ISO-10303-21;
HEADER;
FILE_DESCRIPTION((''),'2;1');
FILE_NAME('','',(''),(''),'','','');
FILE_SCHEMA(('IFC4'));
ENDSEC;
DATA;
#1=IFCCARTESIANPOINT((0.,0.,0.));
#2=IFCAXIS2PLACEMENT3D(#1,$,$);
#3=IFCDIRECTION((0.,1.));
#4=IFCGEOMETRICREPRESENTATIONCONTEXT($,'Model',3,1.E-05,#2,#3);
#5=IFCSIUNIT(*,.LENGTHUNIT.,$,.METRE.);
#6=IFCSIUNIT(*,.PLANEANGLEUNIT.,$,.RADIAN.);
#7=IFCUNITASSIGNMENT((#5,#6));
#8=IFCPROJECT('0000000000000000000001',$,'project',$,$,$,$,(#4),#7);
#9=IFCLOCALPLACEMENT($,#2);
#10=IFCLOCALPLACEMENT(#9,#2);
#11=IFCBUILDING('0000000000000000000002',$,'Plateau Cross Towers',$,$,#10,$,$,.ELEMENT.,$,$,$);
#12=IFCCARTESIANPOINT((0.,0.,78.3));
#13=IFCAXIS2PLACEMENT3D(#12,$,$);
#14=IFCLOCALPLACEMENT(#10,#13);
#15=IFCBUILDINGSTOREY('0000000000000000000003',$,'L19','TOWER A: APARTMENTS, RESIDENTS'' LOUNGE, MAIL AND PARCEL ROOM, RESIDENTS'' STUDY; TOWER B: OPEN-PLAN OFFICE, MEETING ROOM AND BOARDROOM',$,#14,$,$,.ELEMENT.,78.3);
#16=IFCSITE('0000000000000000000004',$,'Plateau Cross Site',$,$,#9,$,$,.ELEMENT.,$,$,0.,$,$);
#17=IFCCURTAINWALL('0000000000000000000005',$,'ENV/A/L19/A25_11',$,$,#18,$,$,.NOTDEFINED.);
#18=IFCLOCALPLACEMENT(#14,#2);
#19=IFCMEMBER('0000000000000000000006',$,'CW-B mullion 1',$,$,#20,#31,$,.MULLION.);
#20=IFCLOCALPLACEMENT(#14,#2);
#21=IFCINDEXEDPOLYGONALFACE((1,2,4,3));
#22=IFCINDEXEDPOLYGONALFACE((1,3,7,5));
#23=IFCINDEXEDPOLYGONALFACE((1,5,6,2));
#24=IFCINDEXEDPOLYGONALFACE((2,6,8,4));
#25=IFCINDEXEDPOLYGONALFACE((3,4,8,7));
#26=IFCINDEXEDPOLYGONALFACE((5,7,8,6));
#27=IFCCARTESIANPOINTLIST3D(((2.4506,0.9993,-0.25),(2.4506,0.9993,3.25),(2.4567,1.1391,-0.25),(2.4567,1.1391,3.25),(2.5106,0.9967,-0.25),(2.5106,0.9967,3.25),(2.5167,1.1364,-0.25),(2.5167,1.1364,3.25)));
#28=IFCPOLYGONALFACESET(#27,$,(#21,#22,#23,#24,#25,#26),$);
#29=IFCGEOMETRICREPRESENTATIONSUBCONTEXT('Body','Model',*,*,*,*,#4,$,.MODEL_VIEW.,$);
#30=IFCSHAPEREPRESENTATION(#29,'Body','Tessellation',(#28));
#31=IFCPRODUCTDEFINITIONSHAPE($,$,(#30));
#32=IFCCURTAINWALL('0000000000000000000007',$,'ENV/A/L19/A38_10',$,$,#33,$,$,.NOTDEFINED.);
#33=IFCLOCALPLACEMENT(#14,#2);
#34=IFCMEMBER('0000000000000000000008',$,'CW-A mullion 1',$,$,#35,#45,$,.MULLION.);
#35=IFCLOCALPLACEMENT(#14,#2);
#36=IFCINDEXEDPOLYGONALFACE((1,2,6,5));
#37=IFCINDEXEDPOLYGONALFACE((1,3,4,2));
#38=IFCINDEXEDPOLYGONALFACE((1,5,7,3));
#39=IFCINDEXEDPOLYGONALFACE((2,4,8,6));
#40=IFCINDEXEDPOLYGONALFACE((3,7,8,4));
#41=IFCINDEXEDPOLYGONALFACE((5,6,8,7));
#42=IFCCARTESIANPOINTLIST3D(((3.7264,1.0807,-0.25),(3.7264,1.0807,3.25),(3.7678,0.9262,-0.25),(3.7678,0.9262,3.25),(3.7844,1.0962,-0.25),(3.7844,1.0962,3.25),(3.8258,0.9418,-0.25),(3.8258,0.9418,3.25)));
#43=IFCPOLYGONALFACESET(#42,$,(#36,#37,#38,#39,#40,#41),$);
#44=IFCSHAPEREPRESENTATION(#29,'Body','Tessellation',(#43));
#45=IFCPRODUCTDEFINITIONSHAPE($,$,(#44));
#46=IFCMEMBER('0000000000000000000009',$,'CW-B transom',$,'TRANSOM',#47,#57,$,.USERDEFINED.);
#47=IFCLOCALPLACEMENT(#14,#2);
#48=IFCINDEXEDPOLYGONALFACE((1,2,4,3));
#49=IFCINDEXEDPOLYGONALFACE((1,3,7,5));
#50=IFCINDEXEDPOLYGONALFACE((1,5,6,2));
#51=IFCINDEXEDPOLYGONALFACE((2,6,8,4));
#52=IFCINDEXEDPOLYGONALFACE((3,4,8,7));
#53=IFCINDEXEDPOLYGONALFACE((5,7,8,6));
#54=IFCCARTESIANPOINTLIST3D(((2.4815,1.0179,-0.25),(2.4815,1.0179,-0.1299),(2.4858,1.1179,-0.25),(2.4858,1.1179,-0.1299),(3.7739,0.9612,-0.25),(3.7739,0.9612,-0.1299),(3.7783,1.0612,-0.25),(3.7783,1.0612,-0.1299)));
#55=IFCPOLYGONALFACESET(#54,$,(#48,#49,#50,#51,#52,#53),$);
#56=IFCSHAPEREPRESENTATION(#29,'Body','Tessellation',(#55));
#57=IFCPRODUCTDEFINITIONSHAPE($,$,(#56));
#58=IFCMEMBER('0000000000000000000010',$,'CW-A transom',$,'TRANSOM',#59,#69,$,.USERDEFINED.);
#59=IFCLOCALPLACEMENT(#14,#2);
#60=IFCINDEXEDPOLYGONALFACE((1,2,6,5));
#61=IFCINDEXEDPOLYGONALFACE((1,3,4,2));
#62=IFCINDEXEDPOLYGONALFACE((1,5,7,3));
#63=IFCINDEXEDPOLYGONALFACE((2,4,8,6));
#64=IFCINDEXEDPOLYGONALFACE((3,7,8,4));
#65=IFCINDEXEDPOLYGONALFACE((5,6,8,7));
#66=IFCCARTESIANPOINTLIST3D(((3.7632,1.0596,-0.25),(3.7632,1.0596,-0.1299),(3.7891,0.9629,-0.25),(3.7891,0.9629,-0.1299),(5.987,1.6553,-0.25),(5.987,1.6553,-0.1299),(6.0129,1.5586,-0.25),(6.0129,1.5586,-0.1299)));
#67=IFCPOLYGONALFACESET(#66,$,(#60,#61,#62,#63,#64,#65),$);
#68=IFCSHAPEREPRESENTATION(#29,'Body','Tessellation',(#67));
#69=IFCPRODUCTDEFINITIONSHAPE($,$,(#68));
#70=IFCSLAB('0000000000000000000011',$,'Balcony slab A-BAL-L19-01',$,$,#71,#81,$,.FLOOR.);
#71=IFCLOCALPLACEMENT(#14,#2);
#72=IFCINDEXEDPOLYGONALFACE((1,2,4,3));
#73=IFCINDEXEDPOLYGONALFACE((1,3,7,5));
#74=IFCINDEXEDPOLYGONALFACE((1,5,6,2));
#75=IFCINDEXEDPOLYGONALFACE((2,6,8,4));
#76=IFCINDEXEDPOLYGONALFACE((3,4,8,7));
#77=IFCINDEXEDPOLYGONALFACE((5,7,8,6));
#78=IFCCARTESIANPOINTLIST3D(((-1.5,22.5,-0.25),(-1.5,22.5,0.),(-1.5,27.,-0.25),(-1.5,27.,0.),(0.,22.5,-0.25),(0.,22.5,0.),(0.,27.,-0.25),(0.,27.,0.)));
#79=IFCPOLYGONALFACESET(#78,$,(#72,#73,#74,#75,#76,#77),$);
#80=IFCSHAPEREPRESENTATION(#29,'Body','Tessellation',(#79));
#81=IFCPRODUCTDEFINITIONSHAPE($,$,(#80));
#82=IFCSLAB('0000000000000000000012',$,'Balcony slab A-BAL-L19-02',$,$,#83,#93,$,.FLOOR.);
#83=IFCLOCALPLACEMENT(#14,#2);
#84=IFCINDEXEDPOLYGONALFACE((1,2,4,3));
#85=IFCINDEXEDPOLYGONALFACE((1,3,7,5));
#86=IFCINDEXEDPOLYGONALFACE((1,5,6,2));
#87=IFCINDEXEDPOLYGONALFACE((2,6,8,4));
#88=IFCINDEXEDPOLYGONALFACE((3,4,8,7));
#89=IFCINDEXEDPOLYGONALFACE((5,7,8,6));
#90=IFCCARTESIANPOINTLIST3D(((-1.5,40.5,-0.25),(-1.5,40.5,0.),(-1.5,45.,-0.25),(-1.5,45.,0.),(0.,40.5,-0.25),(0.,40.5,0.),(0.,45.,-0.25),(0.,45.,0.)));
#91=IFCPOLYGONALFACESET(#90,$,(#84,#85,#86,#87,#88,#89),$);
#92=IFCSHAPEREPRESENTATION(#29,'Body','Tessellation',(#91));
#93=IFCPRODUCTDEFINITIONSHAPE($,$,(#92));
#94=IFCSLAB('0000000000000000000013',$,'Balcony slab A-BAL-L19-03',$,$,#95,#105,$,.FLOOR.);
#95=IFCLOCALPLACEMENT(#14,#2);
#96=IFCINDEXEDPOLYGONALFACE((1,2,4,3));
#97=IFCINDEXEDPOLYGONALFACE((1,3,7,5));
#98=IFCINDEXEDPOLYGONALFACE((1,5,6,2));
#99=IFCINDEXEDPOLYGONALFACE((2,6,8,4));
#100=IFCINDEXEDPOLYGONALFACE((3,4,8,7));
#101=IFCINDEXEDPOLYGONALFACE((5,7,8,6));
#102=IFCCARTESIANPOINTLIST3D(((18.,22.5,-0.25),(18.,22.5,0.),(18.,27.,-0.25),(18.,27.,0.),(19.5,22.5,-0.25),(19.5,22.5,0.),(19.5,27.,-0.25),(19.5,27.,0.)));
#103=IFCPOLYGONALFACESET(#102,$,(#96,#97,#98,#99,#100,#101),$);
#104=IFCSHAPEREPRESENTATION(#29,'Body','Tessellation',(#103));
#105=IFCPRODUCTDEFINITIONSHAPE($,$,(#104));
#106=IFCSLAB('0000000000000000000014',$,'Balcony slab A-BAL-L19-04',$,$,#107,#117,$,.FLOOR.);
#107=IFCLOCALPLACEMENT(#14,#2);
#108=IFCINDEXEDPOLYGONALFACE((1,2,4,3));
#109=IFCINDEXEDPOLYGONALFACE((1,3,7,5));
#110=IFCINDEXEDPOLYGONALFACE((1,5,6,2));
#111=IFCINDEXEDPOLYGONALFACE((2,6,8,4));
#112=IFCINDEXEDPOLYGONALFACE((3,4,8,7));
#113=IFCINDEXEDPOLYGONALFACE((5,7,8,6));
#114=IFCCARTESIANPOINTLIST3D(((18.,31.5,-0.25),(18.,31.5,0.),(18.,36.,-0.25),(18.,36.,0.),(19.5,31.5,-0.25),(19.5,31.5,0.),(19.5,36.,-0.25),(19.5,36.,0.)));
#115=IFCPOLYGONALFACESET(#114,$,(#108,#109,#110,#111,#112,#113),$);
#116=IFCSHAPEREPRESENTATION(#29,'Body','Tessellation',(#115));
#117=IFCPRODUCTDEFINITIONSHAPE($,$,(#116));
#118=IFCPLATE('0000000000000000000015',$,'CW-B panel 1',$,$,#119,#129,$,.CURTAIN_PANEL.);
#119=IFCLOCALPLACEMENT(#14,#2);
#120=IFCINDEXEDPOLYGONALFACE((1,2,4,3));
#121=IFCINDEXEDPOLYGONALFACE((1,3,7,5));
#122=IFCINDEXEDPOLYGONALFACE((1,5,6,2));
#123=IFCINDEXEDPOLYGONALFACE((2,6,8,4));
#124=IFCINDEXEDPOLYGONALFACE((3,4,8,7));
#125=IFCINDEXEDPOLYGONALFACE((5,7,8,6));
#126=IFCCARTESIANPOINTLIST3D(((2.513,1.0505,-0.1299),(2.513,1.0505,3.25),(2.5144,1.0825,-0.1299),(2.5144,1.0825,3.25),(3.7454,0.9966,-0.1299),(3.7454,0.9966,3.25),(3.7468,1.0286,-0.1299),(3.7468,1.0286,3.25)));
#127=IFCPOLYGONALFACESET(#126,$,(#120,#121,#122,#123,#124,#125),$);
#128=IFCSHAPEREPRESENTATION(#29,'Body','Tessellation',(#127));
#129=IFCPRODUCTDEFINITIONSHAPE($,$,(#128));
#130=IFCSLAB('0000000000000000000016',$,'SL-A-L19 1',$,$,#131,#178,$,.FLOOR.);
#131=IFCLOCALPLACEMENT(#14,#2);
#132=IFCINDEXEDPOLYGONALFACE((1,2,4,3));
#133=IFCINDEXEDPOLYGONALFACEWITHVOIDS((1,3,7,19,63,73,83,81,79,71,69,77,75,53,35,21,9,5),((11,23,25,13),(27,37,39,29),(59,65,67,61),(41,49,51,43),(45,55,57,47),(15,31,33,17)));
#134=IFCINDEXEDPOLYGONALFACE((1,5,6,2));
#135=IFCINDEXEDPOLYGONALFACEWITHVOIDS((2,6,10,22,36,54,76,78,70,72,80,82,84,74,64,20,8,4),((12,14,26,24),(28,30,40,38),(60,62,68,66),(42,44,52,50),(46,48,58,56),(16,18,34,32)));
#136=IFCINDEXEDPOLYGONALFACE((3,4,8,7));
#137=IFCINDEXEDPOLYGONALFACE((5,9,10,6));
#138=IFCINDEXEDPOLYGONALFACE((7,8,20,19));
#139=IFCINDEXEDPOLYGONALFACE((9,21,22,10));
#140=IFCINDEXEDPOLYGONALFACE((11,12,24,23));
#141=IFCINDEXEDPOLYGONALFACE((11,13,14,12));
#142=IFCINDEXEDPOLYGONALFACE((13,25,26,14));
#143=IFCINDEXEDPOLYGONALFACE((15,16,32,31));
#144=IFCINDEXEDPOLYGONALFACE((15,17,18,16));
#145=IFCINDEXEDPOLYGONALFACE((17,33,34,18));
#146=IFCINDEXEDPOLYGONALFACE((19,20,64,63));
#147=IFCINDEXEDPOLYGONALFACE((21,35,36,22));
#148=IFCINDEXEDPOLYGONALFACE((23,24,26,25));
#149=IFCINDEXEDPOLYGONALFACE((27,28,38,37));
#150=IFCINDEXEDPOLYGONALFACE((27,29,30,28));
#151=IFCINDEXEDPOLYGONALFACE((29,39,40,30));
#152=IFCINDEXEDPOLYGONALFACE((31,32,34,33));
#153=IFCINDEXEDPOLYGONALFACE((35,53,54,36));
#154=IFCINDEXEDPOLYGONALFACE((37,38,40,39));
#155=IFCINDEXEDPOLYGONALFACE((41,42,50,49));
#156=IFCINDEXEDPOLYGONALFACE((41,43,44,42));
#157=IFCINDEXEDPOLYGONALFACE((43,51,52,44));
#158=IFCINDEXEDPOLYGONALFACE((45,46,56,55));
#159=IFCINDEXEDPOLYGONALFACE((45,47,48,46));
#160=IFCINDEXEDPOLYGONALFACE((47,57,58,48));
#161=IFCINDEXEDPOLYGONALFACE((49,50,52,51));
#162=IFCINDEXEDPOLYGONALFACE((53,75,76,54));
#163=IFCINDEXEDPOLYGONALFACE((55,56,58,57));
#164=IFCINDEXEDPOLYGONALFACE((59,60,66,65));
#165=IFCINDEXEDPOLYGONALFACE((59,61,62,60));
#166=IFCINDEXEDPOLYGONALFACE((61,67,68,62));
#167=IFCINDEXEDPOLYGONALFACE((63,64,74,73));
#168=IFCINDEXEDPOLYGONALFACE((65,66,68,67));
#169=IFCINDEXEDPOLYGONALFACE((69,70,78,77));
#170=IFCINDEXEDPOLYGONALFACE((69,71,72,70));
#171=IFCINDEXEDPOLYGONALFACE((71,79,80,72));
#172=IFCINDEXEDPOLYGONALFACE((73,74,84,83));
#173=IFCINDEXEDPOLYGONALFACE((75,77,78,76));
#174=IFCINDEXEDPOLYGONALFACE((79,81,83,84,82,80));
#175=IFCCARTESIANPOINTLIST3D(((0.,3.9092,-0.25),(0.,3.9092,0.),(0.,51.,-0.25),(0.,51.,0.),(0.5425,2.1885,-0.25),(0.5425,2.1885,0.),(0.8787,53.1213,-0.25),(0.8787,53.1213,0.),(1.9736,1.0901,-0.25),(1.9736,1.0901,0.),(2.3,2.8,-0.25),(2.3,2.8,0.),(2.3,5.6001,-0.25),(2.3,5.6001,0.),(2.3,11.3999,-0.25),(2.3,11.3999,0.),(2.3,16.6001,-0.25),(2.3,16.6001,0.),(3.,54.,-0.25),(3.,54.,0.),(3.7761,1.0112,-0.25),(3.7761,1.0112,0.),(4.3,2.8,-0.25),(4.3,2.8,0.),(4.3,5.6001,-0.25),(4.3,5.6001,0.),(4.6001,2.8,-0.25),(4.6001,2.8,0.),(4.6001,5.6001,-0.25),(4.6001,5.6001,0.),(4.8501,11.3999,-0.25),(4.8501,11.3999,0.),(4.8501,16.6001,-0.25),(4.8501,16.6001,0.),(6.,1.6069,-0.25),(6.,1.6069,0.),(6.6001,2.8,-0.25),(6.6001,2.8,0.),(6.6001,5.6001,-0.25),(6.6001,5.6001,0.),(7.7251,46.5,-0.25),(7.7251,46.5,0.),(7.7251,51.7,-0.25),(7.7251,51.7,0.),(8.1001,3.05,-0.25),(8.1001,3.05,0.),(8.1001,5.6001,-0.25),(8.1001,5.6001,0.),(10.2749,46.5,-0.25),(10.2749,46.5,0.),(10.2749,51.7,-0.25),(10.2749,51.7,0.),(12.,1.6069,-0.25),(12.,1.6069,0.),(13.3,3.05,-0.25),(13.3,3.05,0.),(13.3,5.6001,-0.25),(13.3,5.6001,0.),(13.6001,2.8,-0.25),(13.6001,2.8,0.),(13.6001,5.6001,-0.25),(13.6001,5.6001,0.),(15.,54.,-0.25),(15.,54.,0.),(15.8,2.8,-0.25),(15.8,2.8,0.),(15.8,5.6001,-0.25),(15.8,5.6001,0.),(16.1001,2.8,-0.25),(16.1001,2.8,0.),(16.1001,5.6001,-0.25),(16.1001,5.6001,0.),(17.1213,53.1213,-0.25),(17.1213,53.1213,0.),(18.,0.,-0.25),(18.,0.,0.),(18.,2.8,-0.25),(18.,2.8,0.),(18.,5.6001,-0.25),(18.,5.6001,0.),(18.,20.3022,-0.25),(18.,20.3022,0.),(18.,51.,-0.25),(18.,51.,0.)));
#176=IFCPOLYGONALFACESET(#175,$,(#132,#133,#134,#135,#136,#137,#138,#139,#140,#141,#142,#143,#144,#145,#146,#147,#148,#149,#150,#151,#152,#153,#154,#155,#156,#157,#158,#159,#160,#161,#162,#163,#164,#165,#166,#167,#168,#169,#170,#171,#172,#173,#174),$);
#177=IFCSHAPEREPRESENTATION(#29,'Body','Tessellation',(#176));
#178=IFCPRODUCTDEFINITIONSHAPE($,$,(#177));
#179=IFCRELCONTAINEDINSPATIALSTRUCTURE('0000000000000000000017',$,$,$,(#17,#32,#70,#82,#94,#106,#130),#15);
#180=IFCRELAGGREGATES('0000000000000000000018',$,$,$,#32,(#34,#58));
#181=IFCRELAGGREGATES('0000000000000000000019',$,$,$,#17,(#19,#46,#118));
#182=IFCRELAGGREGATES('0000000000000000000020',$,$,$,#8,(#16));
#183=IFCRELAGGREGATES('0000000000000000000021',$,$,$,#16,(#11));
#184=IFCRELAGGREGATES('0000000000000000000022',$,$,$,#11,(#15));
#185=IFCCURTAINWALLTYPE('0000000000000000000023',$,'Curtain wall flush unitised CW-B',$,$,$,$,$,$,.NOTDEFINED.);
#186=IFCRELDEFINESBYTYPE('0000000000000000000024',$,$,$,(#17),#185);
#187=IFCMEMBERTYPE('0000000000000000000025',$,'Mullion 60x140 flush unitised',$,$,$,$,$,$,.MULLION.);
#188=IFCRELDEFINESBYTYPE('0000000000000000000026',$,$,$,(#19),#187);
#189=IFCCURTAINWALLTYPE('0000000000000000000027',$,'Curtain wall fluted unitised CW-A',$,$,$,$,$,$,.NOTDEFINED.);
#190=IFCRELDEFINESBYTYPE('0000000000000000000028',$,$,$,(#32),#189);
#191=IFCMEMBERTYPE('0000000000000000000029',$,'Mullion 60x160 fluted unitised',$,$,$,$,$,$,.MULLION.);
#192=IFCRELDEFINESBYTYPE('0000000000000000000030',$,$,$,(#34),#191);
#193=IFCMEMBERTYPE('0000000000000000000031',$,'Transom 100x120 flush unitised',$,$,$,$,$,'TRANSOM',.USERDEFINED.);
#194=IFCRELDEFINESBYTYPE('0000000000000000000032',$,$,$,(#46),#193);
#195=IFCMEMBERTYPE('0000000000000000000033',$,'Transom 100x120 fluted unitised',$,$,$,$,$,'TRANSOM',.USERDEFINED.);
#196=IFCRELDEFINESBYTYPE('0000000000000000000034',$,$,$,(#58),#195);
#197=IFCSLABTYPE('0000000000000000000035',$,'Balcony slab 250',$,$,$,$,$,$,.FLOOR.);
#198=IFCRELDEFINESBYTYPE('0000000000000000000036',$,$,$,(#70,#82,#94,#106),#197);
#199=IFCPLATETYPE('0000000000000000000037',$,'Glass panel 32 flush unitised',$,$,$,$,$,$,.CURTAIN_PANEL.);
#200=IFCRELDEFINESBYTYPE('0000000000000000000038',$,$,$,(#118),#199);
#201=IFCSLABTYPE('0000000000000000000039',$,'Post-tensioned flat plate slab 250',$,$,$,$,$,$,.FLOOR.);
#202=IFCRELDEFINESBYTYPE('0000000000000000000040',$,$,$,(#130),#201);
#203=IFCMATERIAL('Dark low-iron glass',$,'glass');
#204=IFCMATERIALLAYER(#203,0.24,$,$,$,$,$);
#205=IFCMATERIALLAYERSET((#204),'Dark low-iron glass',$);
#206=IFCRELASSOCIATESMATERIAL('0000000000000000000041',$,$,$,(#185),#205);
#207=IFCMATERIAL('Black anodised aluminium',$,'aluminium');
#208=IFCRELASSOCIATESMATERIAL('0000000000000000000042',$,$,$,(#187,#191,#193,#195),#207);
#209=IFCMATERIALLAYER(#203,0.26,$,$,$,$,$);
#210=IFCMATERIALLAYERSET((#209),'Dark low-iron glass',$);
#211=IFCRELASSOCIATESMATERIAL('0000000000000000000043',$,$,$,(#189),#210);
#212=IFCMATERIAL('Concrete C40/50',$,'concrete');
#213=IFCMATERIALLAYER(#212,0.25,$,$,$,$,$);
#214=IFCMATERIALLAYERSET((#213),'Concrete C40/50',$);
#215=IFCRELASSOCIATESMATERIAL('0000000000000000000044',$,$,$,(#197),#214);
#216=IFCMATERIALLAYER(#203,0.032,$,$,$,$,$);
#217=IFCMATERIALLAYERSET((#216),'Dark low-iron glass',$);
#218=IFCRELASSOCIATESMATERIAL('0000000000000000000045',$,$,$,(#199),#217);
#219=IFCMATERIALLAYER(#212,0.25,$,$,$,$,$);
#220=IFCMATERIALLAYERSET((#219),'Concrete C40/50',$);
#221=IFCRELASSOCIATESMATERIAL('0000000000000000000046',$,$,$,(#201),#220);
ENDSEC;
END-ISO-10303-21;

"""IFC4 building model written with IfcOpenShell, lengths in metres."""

from ifc_helpers import new_model, si_unit, direction, frame, origin, origin_2d, place, context, subcontext, project, spatial, polyline, rectangle, outline, extrude, material, layer, layer_set, material_profile, profile_set, type_object, element, aggregate, save


model = new_model("IFC4")

# Units and contexts
model_context = context("Model", 3, precision=1e-05, world=origin(), true_north=direction((0.0, 1.0)))
body_context = subcontext(model_context, "Body", "Model", "MODEL_VIEW")
ifc_project = project(units=[si_unit("LENGTHUNIT", "METRE"), si_unit("PLANEANGLEUNIT", "RADIAN")], contexts=[model_context])

# Site, building, storey
site_placement = place(None, origin())
site = spatial("IfcSite", under=ifc_project, at=site_placement, Name="Plateau Cross Site", CompositionType="ELEMENT", RefElevation=0.0)
building_placement = place(site_placement, origin())
building = spatial("IfcBuilding", under=site, at=building_placement, Name="Plateau Cross Towers", CompositionType="ELEMENT")
storey_placement = place(building_placement, frame((0.0, 0.0, 78.3)))
storey = spatial("IfcBuildingStorey", under=building, at=storey_placement, Name="L19", Description="TOWER A: APARTMENTS, RESIDENTS' LOUNGE, MAIL AND PARCEL ROOM, RESIDENTS' STUDY; TOWER B: OPEN-PLAN OFFICE, MEETING ROOM AND BOARDROOM", CompositionType="ELEMENT", Elevation=78.3)

# Curtain walls, members
ifc_material_1 = material(Name="Dark low-iron glass", Category="glass")
ifc_layer_1 = layer(ifc_material_1, 0.24)
ifc_layer_set_1 = layer_set([ifc_layer_1], Name="Dark low-iron glass")
curtain_wall_type_1 = type_object("IfcCurtainWallType", Name="Curtain wall flush unitised CW-B", PredefinedType="NOTDEFINED", material=ifc_layer_set_1)
curtain_wall_1_placement = place(storey_placement, origin())
curtain_wall_1 = element("IfcCurtainWall", 1, at=curtain_wall_1_placement, inside=storey, type_object=curtain_wall_type_1, Name="ENV/A/L19/A25_11", PredefinedType="NOTDEFINED")
ifc_material_2 = material(Name="Black anodised aluminium", Category="aluminium")
ifc_material_profile_1 = material_profile(ifc_material_2, rectangle(XDim=0.0601, YDim=0.1399, at=origin_2d()), Name="MULLION 60x140")
ifc_profile_set_1 = profile_set([ifc_material_profile_1], Name="Black anodised aluminium")
member_type_1 = type_object("IfcMemberType", Name="Mullion 60x140 flush unitised", PredefinedType="MULLION", material=ifc_profile_set_1)
member_1_placement = place(storey_placement, frame((2.4836, 1.0679, -0.25), z_axis=(0.0, 0.0, 1.0), x_axis=(0.999044, -0.043723, 0.0)))
member_1 = element("IfcMember", 2, at=member_1_placement, type_object=member_type_1, Name="CW-B mullion 1", PredefinedType="MULLION", context=body_context, shape_type="SweptSolid", body=[
    extrude(rectangle(XDim=0.0601, YDim=0.1399, at=origin_2d()), origin(), (0.0, 0.0, 1.0), 3.5),
])
ifc_layer_2 = layer(ifc_material_1, 0.26)
ifc_layer_set_2 = layer_set([ifc_layer_2], Name="Dark low-iron glass")
curtain_wall_type_2 = type_object("IfcCurtainWallType", Name="Curtain wall fluted unitised CW-A", PredefinedType="NOTDEFINED", material=ifc_layer_set_2)
curtain_wall_2_placement = place(storey_placement, origin())
curtain_wall_2 = element("IfcCurtainWall", 3, at=curtain_wall_2_placement, inside=storey, type_object=curtain_wall_type_2, Name="ENV/A/L19/A38_10", PredefinedType="NOTDEFINED")
ifc_material_profile_2 = material_profile(ifc_material_2, rectangle(XDim=0.0601, YDim=0.1599, at=origin_2d()), Name="MULLION 60x160")
ifc_profile_set_2 = profile_set([ifc_material_profile_2], Name="Black anodised aluminium")
member_type_2 = type_object("IfcMemberType", Name="Mullion 60x160 fluted unitised", PredefinedType="MULLION", material=ifc_profile_set_2)
member_2_placement = place(storey_placement, frame((3.7761, 1.0112, -0.25), z_axis=(0.0, 0.0, 1.0), x_axis=(0.965958, 0.258699, 0.0)))
member_2 = element("IfcMember", 4, at=member_2_placement, type_object=member_type_2, Name="CW-A mullion 1", PredefinedType="MULLION", context=body_context, shape_type="SweptSolid", body=[
    extrude(rectangle(XDim=0.0601, YDim=0.1599, at=origin_2d()), origin(), (0.0, 0.0, 1.0), 3.5),
])

# Members
ifc_material_profile_3 = material_profile(ifc_material_2, rectangle(XDim=0.1001, YDim=0.1201, at=origin_2d()), Name="TRANSOM 100x120")
ifc_profile_set_3 = profile_set([ifc_material_profile_3], Name="Black anodised aluminium")
member_type_3 = type_object("IfcMemberType", Name="Transom 100x120 flush unitised", ElementType="TRANSOM", PredefinedType="USERDEFINED", material=ifc_profile_set_3)
member_3_placement = place(storey_placement, frame((2.4836, 1.0679, -0.1899), z_axis=(0.999041, -0.043781, 0.0), x_axis=(0.043781, 0.999041, 0.0)))
member_3 = element("IfcMember", 5, at=member_3_placement, type_object=member_type_3, Name="CW-B transom", ObjectType="TRANSOM", PredefinedType="USERDEFINED", context=body_context, shape_type="SweptSolid", body=[
    extrude(rectangle(XDim=0.1001, YDim=0.1201, at=origin_2d()), origin(), (0.0, 0.0, 1.0), 1.2937),
])
ifc_material_profile_4 = material_profile(ifc_material_2, rectangle(XDim=0.1001, YDim=0.1201, at=origin_2d()), Name="TRANSOM 100x120")
ifc_profile_set_4 = profile_set([ifc_material_profile_4], Name="Black anodised aluminium")
member_type_4 = type_object("IfcMemberType", Name="Transom 100x120 fluted unitised", ElementType="TRANSOM", PredefinedType="USERDEFINED", material=ifc_profile_set_4)
member_4_placement = place(storey_placement, frame((3.7761, 1.0112, -0.1899), z_axis=(0.965946, 0.258745, 0.0), x_axis=(-0.258745, 0.965946, 0.0)))
member_4 = element("IfcMember", 6, at=member_4_placement, type_object=member_type_4, Name="CW-A transom", ObjectType="TRANSOM", PredefinedType="USERDEFINED", context=body_context, shape_type="SweptSolid", body=[
    extrude(rectangle(XDim=0.1001, YDim=0.1201, at=origin_2d()), origin(), (0.0, 0.0, 1.0), 2.3022),
])
aggregate(curtain_wall_2, [member_2, member_4])

# Slabs
ifc_material_3 = material(Name="Concrete C40/50", Category="concrete")
ifc_layer_3 = layer(ifc_material_3, 0.25)
ifc_layer_set_3 = layer_set([ifc_layer_3], Name="Concrete C40/50")
slab_type_1 = type_object("IfcSlabType", Name="Balcony slab 250", PredefinedType="FLOOR", material=ifc_layer_set_3)
slab_1_placement = place(storey_placement, frame((0.0, 0.0, -0.25)))
element("IfcSlab", 7, at=slab_1_placement, inside=storey, type_object=slab_type_1, Name="Balcony slab A-BAL-L19-01", PredefinedType="FLOOR", context=body_context, shape_type="SweptSolid", body=[
    extrude(outline(polyline([(0.0, 22.5), (0.0, 27.0), (-1.5, 27.0), (-1.5, 22.5), (0.0, 22.5)])), origin(), (0.0, 0.0, 1.0), 0.25),
])
slab_2_placement = place(storey_placement, frame((0.0, 0.0, -0.25)))
element("IfcSlab", 8, at=slab_2_placement, inside=storey, type_object=slab_type_1, Name="Balcony slab A-BAL-L19-02", PredefinedType="FLOOR", context=body_context, shape_type="SweptSolid", body=[
    extrude(outline(polyline([(0.0, 40.5), (0.0, 45.0), (-1.5, 45.0), (-1.5, 40.5), (0.0, 40.5)])), origin(), (0.0, 0.0, 1.0), 0.25),
])
slab_3_placement = place(storey_placement, frame((0.0, 0.0, -0.25)))
element("IfcSlab", 9, at=slab_3_placement, inside=storey, type_object=slab_type_1, Name="Balcony slab A-BAL-L19-03", PredefinedType="FLOOR", context=body_context, shape_type="SweptSolid", body=[
    extrude(outline(polyline([(19.5, 22.5), (19.5, 27.0), (18.0, 27.0), (18.0, 22.5), (19.5, 22.5)])), origin(), (0.0, 0.0, 1.0), 0.25),
])
slab_4_placement = place(storey_placement, frame((0.0, 0.0, -0.25)))
element("IfcSlab", 10, at=slab_4_placement, inside=storey, type_object=slab_type_1, Name="Balcony slab A-BAL-L19-04", PredefinedType="FLOOR", context=body_context, shape_type="SweptSolid", body=[
    extrude(outline(polyline([(19.5, 31.5), (19.5, 36.0), (18.0, 36.0), (18.0, 31.5), (19.5, 31.5)])), origin(), (0.0, 0.0, 1.0), 0.25),
])

# Plate
ifc_layer_4 = layer(ifc_material_1, 0.032)
ifc_layer_set_4 = layer_set([ifc_layer_4], Name="Dark low-iron glass")
plate_type = type_object("IfcPlateType", Name="Glass panel 32 flush unitised", PredefinedType="CURTAIN_PANEL", material=ifc_layer_set_4)
plate_placement = place(storey_placement, frame((3.1299, 1.0396, -0.1299), z_axis=(0.0, 0.0, 1.0), x_axis=(0.999044, -0.043723, 0.0)))
plate = element("IfcPlate", 11, at=plate_placement, type_object=plate_type, Name="CW-B panel 1", PredefinedType="CURTAIN_PANEL", context=body_context, shape_type="SweptSolid", body=[
    extrude(rectangle(XDim=1.2336, YDim=0.032, at=origin_2d()), origin(), (0.0, 0.0, 1.0), 3.3799),
])
aggregate(curtain_wall_1, [member_1, member_3, plate])

# Slab
ifc_layer_5 = layer(ifc_material_3, 0.25)
ifc_layer_set_5 = layer_set([ifc_layer_5], Name="Concrete C40/50")
slab_type_2 = type_object("IfcSlabType", Name="Post-tensioned flat plate slab 250", PredefinedType="FLOOR", material=ifc_layer_set_5)
slab_5_placement = place(storey_placement, frame((0.0, 0.0, -0.25)))
element("IfcSlab", 12, at=slab_5_placement, inside=storey, type_object=slab_type_2, Name="SL-A-L19 1", PredefinedType="FLOOR", context=body_context, shape_type="SweptSolid", body=[
    extrude(outline(polyline([(0.5425, 2.1885), (0.0, 3.9092), (0.0, 51.0), (0.8787, 53.1213), (3.0, 54.0), (15.0, 54.0), (17.1213, 53.1213), (18.0, 51.0), (18.0, 20.3022), (18.0, 5.6001), (16.1001, 5.6001), (16.1001, 2.8), (18.0, 2.8), (18.0, 0.0), (12.0, 1.6069), (6.0, 1.6069), (3.7761, 1.0112), (1.9736, 1.0901), (0.5425, 2.1885)]), holes=[polyline([(4.3, 5.6001), (2.3, 5.6001), (2.3, 2.8), (4.3, 2.8), (4.3, 5.6001)]), polyline([(6.6001, 5.6001), (4.6001, 5.6001), (4.6001, 2.8), (6.6001, 2.8), (6.6001, 5.6001)]), polyline([(15.8, 5.6001), (13.6001, 5.6001), (13.6001, 2.8), (15.8, 2.8), (15.8, 5.6001)]), polyline([(13.3, 5.6001), (8.1001, 5.6001), (8.1001, 3.05), (13.3, 3.05), (13.3, 5.6001)]), polyline([(4.8501, 16.6001), (2.3, 16.6001), (2.3, 11.3999), (4.8501, 11.3999), (4.8501, 16.6001)]), polyline([(7.7251, 51.7), (7.7251, 46.5), (10.2749, 46.5), (10.2749, 51.7), (7.7251, 51.7)])]), origin(), (0.0, 0.0, 1.0), 0.25),
])

save(model, "model.ifc")
